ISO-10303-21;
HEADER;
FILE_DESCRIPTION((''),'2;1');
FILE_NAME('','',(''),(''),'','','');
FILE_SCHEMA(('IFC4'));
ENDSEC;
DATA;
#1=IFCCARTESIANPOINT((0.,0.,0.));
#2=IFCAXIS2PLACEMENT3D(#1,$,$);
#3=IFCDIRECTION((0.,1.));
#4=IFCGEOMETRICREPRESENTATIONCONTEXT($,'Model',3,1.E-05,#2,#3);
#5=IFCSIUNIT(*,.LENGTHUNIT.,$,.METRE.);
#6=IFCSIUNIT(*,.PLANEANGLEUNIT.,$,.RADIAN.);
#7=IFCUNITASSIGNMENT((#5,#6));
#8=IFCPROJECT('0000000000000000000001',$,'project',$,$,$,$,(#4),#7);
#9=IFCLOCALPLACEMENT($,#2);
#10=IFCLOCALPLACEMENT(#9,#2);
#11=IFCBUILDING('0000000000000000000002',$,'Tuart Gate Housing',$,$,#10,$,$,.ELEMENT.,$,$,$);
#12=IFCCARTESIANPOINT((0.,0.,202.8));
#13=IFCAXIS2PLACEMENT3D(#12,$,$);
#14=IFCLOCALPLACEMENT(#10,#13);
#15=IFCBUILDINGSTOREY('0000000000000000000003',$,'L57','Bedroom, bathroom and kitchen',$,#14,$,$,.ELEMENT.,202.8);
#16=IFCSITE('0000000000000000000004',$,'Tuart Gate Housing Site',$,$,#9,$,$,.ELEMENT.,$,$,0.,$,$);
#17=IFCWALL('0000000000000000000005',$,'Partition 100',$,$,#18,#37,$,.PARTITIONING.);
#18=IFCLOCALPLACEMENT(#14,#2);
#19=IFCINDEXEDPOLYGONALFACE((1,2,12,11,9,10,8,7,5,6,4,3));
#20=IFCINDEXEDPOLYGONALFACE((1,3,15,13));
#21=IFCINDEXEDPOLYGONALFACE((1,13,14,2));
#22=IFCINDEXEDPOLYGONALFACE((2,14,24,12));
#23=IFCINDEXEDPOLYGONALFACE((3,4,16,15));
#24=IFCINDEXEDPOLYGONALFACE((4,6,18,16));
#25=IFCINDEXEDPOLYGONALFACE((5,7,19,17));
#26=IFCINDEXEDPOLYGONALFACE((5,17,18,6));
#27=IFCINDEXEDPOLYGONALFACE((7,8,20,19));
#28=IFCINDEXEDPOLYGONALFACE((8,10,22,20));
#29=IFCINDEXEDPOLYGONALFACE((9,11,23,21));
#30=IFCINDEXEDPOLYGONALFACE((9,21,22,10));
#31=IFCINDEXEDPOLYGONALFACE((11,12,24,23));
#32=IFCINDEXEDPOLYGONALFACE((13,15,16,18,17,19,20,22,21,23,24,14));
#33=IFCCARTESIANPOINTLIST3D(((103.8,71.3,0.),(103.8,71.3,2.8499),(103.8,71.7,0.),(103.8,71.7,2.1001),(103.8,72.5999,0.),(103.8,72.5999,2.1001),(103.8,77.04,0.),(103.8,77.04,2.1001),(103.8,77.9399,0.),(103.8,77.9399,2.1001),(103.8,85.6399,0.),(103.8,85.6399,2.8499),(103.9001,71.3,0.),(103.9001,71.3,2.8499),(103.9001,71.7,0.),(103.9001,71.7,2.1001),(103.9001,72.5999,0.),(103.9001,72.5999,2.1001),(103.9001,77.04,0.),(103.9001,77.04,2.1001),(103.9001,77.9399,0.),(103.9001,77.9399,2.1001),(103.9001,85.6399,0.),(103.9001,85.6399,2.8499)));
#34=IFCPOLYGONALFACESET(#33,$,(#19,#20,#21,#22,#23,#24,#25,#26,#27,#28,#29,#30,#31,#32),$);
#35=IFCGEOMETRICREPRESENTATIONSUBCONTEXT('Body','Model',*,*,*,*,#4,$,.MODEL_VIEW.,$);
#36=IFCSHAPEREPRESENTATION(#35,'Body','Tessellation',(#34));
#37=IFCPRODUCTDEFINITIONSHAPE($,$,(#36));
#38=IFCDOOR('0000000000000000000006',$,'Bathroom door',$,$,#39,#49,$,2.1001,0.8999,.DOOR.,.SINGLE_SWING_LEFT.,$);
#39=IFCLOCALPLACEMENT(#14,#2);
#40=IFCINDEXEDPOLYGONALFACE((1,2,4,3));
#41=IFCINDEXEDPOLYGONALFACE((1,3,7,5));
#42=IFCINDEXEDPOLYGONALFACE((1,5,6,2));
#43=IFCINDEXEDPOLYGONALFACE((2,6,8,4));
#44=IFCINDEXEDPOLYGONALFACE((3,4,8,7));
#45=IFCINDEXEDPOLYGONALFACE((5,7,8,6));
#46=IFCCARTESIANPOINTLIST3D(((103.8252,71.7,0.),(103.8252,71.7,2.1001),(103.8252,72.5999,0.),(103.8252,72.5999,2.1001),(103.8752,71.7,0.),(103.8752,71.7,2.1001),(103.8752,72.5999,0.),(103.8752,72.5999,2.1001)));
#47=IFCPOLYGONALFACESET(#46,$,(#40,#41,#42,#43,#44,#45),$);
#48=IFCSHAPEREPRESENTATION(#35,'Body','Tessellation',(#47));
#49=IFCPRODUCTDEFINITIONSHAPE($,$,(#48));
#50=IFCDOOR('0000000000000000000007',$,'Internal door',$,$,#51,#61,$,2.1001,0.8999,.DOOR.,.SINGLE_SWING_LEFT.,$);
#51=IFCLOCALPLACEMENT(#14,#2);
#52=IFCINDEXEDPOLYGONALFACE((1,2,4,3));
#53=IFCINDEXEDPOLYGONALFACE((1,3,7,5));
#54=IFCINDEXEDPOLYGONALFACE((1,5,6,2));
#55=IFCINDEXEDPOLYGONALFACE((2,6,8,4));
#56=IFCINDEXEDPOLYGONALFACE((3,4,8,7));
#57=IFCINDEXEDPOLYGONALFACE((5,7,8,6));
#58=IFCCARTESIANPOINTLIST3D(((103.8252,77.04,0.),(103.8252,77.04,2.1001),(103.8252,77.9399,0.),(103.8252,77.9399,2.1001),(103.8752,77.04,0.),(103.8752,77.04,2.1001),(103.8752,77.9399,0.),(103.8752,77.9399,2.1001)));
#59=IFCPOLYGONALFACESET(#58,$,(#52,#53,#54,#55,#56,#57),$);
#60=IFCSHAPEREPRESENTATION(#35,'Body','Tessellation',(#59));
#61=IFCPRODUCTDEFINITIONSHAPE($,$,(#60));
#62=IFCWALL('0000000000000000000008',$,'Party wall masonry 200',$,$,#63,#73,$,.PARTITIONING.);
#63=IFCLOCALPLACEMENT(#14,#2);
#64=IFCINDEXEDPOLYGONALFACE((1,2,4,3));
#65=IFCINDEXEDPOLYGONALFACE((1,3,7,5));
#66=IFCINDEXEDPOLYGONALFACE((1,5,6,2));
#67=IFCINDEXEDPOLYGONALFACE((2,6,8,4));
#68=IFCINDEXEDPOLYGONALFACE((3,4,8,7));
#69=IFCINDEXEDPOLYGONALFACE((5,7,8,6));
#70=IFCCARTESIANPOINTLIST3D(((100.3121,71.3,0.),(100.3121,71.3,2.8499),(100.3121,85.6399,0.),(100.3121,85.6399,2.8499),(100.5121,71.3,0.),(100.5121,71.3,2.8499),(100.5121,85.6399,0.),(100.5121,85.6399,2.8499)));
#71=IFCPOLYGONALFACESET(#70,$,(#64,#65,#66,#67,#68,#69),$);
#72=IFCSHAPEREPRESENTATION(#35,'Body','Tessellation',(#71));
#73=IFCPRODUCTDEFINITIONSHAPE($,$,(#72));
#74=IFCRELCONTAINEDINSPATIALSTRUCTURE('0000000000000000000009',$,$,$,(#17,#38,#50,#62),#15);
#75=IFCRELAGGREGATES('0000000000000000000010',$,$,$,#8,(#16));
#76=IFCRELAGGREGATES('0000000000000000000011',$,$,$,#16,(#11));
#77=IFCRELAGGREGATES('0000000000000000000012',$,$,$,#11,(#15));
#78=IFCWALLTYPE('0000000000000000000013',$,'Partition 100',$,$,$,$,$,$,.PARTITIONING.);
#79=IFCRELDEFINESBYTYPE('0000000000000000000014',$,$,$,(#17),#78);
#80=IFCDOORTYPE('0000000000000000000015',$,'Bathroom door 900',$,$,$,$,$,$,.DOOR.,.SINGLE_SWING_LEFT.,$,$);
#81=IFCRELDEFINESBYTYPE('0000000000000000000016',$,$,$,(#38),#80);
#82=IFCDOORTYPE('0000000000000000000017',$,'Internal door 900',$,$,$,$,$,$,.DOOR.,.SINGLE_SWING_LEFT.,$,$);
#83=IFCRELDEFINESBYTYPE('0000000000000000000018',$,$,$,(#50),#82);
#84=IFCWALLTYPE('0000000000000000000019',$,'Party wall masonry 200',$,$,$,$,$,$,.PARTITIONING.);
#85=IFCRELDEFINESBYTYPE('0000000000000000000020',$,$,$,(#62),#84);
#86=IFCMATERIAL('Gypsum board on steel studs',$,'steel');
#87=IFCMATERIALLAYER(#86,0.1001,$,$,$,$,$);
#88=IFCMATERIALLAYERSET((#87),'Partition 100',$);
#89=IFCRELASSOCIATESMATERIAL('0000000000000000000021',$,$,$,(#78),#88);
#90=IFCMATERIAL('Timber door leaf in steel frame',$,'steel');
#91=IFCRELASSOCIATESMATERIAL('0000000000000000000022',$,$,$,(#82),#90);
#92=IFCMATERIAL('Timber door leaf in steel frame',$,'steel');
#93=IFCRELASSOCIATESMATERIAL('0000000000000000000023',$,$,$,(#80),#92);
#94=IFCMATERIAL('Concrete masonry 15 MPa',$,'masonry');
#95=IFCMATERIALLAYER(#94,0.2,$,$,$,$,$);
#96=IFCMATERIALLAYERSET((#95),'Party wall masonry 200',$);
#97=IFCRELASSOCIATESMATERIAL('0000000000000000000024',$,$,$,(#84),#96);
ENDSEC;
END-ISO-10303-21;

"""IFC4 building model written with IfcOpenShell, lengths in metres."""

from ifc_helpers import new_model, si_unit, direction, frame, frame_2d, origin, place, context, subcontext, project, spatial, rectangle, extrude, material, layer, layer_set, type_object, element, fill, save


model = new_model("IFC4")

# Units and contexts
model_context = context("Model", 3, precision=1e-05, world=origin(), true_north=direction((0.0, 1.0)))
body_context = subcontext(model_context, "Body", "Model", "MODEL_VIEW")
ifc_project = project(units=[si_unit("LENGTHUNIT", "METRE"), si_unit("PLANEANGLEUNIT", "RADIAN")], contexts=[model_context])

# Site, building, storey
site_placement = place(None, origin())
site = spatial("IfcSite", under=ifc_project, at=site_placement, Name="Tuart Gate Housing Site", CompositionType="ELEMENT", RefElevation=0.0)
building_placement = place(site_placement, origin())
building = spatial("IfcBuilding", under=site, at=building_placement, Name="Tuart Gate Housing", CompositionType="ELEMENT")
storey_placement = place(building_placement, frame((0.0, 0.0, 202.8)))
storey = spatial("IfcBuildingStorey", under=building, at=storey_placement, Name="L57", Description="Bedroom, bathroom and kitchen", CompositionType="ELEMENT", Elevation=202.8)

# Shared definitions
ifc_material_1 = material(Name="Gypsum board on steel studs", Category="steel")
ifc_layer_1 = layer(ifc_material_1, 0.1001)
ifc_layer_set_1 = layer_set([ifc_layer_1], Name="Partition 100")
wall_type_1 = type_object("IfcWallType", Name="Partition 100", PredefinedType="PARTITIONING", material=ifc_layer_set_1)

# Wall, openings, doors
ifc_material_2 = material(Name="Timber door leaf in steel frame", Category="steel")
door_type_1 = type_object("IfcDoorType", Name="Internal door 900", OperationType="SINGLE_SWING_LEFT", PredefinedType="DOOR", material=ifc_material_2)
wall_1_placement = place(storey_placement, frame((103.8501, 71.3, 0.0), z_axis=(0.0, 0.0, 1.0), x_axis=(0.0, 1.0, 0.0)))
wall_1 = element("IfcWall", 1, at=wall_1_placement, inside=storey, type_object=wall_type_1, Name="Partition 100", PredefinedType="PARTITIONING", context=body_context, shape_type="SweptSolid", body=[
    extrude(rectangle(XDim=14.3398, YDim=0.1001, at=frame_2d((7.1699, 0.0))), origin(), (0.0, 0.0, 1.0), 2.8499),
])
opening_1_placement = place(wall_1_placement, frame((5.74, 0.0, 0.0)))
opening_1 = element("IfcOpeningElement", 2, at=opening_1_placement, cuts=wall_1, PredefinedType="OPENING", context=body_context, shape_type="SweptSolid", body=[
    extrude(rectangle(XDim=0.8999, YDim=2.1001, at=frame_2d((0.45, 1.05))), frame((0.0, 0.0601, 0.0), z_axis=(0.0, -1.0, 0.0), x_axis=(1.0, 0.0, 0.0)), (0.0, 0.0, 1.0), 0.1201),
])
opening_2_placement = place(wall_1_placement, frame((0.3999, 0.0, 0.0)))
opening_2 = element("IfcOpeningElement", 3, at=opening_2_placement, cuts=wall_1, PredefinedType="OPENING", context=body_context, shape_type="SweptSolid", body=[
    extrude(rectangle(XDim=0.8999, YDim=2.1001, at=frame_2d((0.45, 1.05))), frame((0.0, 0.0601, 0.0), z_axis=(0.0, -1.0, 0.0), x_axis=(1.0, 0.0, 0.0)), (0.0, 0.0, 1.0), 0.1201),
])
ifc_material_3 = material(Name="Timber door leaf in steel frame", Category="steel")
door_type_2 = type_object("IfcDoorType", Name="Bathroom door 900", OperationType="SINGLE_SWING_LEFT", PredefinedType="DOOR", material=ifc_material_3)
door_1_placement = place(opening_2_placement, origin())
door_1 = element("IfcDoor", 4, at=door_1_placement, inside=storey, type_object=door_type_2, Name="Bathroom door", OperationType="SINGLE_SWING_LEFT", OverallHeight=2.1001, OverallWidth=0.8999, PredefinedType="DOOR", context=body_context, shape_type="SweptSolid", body=[
    extrude(rectangle(XDim=0.8999, YDim=2.1001, at=frame_2d((0.45, 1.05))), frame((0.0, 0.0249, 0.0), z_axis=(0.0, -1.0, 0.0), x_axis=(1.0, 0.0, 0.0)), (0.0, 0.0, 1.0), 0.05),
])
fill(opening_2, door_1)
door_2_placement = place(opening_1_placement, origin())
door_2 = element("IfcDoor", 5, at=door_2_placement, inside=storey, type_object=door_type_1, Name="Internal door", OperationType="SINGLE_SWING_LEFT", OverallHeight=2.1001, OverallWidth=0.8999, PredefinedType="DOOR", context=body_context, shape_type="SweptSolid", body=[
    extrude(rectangle(XDim=0.8999, YDim=2.1001, at=frame_2d((0.45, 1.05))), frame((0.0, 0.0249, 0.0), z_axis=(0.0, -1.0, 0.0), x_axis=(1.0, 0.0, 0.0)), (0.0, 0.0, 1.0), 0.05),
])
fill(opening_1, door_2)

# Wall
ifc_material_4 = material(Name="Concrete masonry 15 MPa", Category="masonry")
ifc_layer_2 = layer(ifc_material_4, 0.2)
ifc_layer_set_2 = layer_set([ifc_layer_2], Name="Party wall masonry 200")
wall_type_2 = type_object("IfcWallType", Name="Party wall masonry 200", PredefinedType="PARTITIONING", material=ifc_layer_set_2)
wall_2_placement = place(storey_placement, frame((100.4121, 71.3, 0.0), z_axis=(0.0, 0.0, 1.0), x_axis=(0.0, 1.0, 0.0)))
element("IfcWall", 6, at=wall_2_placement, inside=storey, type_object=wall_type_2, Name="Party wall masonry 200", PredefinedType="PARTITIONING", context=body_context, shape_type="SweptSolid", body=[
    extrude(rectangle(XDim=14.3398, YDim=0.2, at=frame_2d((7.1699, 0.0))), origin(), (0.0, 0.0, 1.0), 2.8499),
])

save(model, "model.ifc")
